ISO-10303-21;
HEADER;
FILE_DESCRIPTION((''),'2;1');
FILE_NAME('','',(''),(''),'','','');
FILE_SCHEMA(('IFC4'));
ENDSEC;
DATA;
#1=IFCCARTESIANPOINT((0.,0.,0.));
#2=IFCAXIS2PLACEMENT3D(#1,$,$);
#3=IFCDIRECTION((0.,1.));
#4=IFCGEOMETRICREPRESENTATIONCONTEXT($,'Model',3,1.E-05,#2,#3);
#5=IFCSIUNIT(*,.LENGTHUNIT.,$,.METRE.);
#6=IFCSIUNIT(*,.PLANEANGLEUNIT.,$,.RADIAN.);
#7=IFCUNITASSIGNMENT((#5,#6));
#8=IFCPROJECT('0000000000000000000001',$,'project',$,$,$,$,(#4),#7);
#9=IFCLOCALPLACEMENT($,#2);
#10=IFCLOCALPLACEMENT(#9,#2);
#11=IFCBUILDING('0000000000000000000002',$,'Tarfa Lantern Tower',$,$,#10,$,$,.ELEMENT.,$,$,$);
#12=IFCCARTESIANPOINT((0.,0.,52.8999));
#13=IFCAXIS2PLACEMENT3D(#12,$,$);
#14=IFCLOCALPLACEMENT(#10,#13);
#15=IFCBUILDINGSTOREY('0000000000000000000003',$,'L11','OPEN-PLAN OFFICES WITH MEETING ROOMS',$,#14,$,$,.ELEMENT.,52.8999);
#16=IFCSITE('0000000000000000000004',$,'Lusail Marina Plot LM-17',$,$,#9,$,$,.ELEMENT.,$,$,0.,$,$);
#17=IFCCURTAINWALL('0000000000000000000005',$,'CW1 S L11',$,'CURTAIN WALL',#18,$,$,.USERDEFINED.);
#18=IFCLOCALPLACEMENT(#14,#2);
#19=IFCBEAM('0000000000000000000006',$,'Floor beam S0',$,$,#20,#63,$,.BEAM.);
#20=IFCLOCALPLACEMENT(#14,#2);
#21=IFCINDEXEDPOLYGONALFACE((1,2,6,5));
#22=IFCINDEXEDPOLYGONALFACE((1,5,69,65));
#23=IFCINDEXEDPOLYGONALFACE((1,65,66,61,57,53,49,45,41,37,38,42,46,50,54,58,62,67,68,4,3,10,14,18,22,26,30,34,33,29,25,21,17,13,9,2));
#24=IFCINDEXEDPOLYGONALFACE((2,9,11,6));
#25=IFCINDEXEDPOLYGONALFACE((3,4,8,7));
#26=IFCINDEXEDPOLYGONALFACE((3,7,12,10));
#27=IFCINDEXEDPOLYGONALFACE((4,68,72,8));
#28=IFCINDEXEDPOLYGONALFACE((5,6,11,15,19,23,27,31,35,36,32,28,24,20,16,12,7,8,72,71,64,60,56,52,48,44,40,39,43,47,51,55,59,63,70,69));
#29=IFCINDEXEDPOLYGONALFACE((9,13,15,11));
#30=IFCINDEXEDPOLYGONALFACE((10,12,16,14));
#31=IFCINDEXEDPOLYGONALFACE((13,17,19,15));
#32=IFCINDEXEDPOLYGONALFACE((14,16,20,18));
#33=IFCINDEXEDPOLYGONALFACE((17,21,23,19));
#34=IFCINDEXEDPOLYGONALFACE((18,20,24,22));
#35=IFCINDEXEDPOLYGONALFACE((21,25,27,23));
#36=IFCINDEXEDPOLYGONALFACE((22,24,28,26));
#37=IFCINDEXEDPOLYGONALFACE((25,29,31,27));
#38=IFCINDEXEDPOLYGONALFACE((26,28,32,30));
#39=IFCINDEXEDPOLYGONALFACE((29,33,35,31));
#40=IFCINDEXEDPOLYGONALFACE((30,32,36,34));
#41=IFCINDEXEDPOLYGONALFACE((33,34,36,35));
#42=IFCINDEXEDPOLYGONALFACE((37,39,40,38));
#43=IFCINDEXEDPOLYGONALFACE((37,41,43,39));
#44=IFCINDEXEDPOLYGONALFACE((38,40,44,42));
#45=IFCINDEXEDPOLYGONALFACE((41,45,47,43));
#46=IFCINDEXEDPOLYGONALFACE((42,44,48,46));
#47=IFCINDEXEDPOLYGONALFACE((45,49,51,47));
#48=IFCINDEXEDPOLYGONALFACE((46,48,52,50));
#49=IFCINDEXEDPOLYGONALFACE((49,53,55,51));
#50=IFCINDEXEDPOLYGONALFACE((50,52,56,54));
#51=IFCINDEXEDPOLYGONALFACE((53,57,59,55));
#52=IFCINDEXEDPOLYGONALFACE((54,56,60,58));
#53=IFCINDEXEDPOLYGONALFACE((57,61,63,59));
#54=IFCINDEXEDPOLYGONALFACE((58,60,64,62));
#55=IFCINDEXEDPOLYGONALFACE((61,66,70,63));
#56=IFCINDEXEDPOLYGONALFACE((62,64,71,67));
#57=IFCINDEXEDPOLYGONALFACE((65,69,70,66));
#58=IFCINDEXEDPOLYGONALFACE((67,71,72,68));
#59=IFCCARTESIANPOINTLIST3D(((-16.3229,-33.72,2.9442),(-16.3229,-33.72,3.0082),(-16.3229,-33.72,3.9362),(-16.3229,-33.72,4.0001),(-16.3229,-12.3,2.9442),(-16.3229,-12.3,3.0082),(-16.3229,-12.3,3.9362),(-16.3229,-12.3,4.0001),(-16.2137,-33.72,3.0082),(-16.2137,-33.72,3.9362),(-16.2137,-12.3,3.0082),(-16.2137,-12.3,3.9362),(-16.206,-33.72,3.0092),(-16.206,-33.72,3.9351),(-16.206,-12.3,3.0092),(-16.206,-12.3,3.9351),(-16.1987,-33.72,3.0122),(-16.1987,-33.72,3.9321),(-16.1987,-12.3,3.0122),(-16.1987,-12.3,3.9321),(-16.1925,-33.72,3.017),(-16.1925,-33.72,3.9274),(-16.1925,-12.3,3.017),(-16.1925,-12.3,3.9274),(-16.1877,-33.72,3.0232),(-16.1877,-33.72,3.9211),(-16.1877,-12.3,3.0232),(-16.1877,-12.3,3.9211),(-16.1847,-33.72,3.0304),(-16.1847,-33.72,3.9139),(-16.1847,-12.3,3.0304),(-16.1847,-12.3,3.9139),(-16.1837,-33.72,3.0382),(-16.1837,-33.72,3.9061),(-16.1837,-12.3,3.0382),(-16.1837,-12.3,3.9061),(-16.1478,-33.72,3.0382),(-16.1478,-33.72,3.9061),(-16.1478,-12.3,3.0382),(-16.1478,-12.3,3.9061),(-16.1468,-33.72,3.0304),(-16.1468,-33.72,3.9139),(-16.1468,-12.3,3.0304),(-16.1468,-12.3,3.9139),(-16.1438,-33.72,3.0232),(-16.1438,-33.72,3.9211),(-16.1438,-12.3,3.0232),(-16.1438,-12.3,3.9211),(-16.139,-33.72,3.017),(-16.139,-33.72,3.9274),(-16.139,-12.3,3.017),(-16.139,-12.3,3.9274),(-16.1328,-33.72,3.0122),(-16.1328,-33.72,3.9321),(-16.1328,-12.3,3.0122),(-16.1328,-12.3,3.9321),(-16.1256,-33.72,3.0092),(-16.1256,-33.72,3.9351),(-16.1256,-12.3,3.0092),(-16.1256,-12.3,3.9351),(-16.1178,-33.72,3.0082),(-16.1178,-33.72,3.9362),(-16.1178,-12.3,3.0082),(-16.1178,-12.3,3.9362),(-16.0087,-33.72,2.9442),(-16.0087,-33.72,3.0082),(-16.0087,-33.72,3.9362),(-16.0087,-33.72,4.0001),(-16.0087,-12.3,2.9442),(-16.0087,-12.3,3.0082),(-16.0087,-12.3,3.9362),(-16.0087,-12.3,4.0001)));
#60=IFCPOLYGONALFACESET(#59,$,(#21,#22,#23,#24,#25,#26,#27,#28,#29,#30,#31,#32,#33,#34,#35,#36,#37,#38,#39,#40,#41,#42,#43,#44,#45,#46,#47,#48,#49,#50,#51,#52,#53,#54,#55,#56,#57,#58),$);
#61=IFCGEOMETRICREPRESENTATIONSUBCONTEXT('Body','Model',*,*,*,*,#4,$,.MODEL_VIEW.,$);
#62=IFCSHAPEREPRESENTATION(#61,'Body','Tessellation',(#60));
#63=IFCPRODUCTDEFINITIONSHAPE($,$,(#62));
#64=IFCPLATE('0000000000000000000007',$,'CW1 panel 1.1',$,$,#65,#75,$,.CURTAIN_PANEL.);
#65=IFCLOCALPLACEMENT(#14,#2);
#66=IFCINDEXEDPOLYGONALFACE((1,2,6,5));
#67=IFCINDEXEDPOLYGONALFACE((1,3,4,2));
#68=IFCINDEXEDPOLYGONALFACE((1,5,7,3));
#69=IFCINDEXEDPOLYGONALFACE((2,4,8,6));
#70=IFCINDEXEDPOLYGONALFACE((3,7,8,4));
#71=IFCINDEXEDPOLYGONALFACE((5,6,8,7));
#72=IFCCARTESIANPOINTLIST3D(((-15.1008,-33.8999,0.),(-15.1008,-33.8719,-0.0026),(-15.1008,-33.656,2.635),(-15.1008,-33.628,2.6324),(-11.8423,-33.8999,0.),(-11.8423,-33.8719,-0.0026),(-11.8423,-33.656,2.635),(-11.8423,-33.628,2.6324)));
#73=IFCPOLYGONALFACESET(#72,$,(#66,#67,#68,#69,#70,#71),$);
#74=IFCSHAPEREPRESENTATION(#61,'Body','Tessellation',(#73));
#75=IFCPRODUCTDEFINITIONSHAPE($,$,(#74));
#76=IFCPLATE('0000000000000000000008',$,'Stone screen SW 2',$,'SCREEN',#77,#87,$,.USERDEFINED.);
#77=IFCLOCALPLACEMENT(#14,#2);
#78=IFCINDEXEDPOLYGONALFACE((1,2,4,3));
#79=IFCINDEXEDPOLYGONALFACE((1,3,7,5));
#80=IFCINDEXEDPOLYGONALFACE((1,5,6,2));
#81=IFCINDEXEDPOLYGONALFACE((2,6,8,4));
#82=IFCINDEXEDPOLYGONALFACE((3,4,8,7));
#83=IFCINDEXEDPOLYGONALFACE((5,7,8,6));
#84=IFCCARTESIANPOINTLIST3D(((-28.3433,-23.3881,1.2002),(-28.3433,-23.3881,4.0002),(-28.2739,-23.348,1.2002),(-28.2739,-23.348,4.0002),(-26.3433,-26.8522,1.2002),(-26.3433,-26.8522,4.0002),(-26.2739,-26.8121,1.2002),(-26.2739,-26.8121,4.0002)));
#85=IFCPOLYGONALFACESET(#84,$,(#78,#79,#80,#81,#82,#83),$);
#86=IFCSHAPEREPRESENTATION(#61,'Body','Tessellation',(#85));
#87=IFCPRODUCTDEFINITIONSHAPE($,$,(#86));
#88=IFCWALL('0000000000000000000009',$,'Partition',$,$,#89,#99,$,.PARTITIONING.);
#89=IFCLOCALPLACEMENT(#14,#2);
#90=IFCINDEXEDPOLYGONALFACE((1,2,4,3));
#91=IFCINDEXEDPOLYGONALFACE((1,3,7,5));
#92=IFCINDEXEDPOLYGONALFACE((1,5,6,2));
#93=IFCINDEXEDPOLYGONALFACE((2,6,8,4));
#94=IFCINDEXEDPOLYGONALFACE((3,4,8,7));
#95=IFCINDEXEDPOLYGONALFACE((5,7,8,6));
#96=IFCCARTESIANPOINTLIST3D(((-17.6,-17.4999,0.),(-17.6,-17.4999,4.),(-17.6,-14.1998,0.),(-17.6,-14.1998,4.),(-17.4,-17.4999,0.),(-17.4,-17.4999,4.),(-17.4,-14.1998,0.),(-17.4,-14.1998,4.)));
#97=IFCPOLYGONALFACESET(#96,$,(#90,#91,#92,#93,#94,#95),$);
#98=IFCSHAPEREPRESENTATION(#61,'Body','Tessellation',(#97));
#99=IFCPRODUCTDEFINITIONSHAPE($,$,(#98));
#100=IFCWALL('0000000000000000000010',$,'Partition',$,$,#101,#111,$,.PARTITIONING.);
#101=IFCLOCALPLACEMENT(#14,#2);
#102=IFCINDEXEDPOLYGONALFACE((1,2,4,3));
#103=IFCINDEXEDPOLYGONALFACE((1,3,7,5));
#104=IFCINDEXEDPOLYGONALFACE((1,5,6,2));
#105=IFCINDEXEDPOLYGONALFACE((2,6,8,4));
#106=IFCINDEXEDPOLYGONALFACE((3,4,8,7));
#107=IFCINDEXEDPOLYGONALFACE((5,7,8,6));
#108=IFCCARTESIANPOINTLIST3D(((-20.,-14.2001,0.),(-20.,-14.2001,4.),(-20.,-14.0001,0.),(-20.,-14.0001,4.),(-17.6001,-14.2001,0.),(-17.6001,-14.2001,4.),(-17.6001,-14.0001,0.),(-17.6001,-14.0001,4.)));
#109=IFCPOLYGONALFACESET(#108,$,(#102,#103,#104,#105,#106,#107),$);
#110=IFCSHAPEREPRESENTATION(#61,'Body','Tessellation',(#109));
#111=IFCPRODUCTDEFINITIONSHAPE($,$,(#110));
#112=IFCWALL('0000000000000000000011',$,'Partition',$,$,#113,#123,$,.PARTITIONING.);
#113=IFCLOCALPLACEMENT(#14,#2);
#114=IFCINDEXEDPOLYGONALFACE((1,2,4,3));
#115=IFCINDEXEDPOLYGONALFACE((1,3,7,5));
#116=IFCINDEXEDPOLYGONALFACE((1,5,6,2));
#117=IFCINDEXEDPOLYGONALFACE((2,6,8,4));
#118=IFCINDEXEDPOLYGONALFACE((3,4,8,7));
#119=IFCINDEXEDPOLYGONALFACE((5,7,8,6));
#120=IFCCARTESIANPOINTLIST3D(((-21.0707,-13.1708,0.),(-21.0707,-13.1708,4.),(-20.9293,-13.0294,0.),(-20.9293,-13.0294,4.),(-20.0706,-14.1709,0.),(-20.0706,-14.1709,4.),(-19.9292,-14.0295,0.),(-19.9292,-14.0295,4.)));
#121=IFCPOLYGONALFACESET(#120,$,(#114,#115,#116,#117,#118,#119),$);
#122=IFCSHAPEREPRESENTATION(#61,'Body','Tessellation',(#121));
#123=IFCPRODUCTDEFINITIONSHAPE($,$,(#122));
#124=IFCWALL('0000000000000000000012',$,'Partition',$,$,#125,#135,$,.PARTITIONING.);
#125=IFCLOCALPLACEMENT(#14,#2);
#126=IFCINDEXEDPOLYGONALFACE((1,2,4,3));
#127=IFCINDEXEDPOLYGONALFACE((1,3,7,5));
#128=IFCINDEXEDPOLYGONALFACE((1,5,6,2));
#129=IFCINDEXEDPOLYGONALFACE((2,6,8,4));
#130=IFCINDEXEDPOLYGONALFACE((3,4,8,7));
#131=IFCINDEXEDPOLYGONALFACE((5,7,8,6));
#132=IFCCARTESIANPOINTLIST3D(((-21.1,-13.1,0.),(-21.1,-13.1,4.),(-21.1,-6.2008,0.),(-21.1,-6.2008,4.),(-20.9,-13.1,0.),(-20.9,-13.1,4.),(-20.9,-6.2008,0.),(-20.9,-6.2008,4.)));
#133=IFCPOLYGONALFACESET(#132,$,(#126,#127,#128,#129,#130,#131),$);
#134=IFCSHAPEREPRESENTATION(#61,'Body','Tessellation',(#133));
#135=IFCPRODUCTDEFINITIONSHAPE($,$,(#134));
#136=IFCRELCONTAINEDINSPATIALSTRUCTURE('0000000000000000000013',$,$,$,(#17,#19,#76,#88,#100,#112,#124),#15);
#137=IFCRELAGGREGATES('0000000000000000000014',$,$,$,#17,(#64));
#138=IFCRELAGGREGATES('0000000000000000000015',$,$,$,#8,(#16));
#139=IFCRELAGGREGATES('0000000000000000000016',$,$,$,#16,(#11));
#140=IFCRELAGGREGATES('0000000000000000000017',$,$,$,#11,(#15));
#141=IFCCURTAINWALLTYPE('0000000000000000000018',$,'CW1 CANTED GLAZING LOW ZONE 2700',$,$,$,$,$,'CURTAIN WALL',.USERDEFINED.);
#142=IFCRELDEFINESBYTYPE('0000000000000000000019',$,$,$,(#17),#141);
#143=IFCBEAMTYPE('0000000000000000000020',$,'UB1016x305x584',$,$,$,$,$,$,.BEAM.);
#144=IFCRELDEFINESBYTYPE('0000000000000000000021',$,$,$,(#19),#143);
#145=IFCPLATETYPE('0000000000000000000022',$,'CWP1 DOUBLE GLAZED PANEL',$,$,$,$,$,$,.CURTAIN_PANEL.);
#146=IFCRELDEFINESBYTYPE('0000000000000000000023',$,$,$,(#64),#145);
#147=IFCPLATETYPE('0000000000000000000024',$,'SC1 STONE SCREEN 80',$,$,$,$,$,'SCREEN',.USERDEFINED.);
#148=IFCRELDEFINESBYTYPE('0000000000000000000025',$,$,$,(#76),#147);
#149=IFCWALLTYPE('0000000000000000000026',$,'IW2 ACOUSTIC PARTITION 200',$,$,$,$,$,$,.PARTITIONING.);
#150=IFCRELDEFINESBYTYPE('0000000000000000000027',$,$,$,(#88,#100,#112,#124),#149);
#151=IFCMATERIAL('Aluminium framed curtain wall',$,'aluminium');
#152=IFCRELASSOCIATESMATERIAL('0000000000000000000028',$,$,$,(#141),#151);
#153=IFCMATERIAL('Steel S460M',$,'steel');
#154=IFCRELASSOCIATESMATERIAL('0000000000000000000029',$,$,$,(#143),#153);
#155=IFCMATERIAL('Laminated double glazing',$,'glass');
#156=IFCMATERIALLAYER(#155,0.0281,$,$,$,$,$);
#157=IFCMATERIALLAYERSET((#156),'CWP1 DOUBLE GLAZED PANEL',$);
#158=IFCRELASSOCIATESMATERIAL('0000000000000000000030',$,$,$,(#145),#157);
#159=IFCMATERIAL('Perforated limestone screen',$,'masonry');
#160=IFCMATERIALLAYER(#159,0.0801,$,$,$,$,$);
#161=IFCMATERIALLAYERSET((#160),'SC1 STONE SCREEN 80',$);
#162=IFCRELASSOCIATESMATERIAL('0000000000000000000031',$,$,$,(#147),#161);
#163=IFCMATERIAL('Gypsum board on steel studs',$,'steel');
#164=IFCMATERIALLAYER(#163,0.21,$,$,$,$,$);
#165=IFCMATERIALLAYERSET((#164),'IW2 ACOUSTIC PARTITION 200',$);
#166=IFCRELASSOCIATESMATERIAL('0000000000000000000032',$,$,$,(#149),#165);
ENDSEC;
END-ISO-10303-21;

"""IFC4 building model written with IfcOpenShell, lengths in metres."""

from ifc_helpers import new_model, si_unit, direction, frame, frame_2d, origin, origin_2d, place, context, subcontext, project, spatial, polyline, rectangle, i_section, outline, extrude, material, layer, layer_set, material_profile, profile_set, type_object, element, aggregate, save


model = new_model("IFC4")

# Units and contexts
model_context = context("Model", 3, precision=1e-05, world=origin(), true_north=direction((0.0, 1.0)))
body_context = subcontext(model_context, "Body", "Model", "MODEL_VIEW")
ifc_project = project(units=[si_unit("LENGTHUNIT", "METRE"), si_unit("PLANEANGLEUNIT", "RADIAN")], contexts=[model_context])

# Site, building, storey
site_placement = place(None, origin())
site = spatial("IfcSite", under=ifc_project, at=site_placement, Name="Lusail Marina Plot LM-17", CompositionType="ELEMENT", RefElevation=0.0)
building_placement = place(site_placement, origin())
building = spatial("IfcBuilding", under=site, at=building_placement, Name="Tarfa Lantern Tower", CompositionType="ELEMENT")
storey_placement = place(building_placement, frame((0.0, 0.0, 52.8999)))
storey = spatial("IfcBuildingStorey", under=building, at=storey_placement, Name="L11", Description="OPEN-PLAN OFFICES WITH MEETING ROOMS", CompositionType="ELEMENT", Elevation=52.8999)

# Curtain wall
ifc_material_1 = material(Name="Aluminium framed curtain wall", Category="aluminium")
curtain_wall_type = type_object("IfcCurtainWallType", Name="CW1 CANTED GLAZING LOW ZONE 2700", ElementType="CURTAIN WALL", PredefinedType="USERDEFINED", material=ifc_material_1)
curtain_wall_placement = place(storey_placement, origin())
curtain_wall = element("IfcCurtainWall", 1, at=curtain_wall_placement, inside=storey, type_object=curtain_wall_type, Name="CW1 S L11", ObjectType="CURTAIN WALL", PredefinedType="USERDEFINED")

# Beam
ifc_material_2 = material(Name="Steel S460M", Category="steel")
ifc_material_profile_1 = material_profile(ifc_material_2, i_section(OverallWidth=0.3142, OverallDepth=1.0559, WebThickness=0.0359, FlangeThickness=0.064, FilletRadius=0.03, at=origin_2d()), Name="UB1016x305x584")
ifc_profile_set_1 = profile_set([ifc_material_profile_1], Name="Steel S460M")
beam_type_1 = type_object("IfcBeamType", Name="UB1016x305x584", PredefinedType="BEAM", material=ifc_profile_set_1)
beam_1_placement = place(storey_placement, frame((-16.1658, -33.72, 3.4722), z_axis=(0.0, 1.0, 0.0), x_axis=(-1.0, 0.0, 0.0)))
element("IfcBeam", 2, at=beam_1_placement, inside=storey, type_object=beam_type_1, Name="Floor beam S0", PredefinedType="BEAM", context=body_context, shape_type="SweptSolid", body=[
    extrude(i_section(OverallWidth=0.3142, OverallDepth=1.0559, WebThickness=0.0359, FlangeThickness=0.064, FilletRadius=0.03, at=origin_2d()), origin(), (0.0, 0.0, 1.0), 21.4199),
])

# Plates
ifc_material_3 = material(Name="Laminated double glazing", Category="glass")
ifc_layer_1 = layer(ifc_material_3, 0.0281)
ifc_layer_set_1 = layer_set([ifc_layer_1], Name="CWP1 DOUBLE GLAZED PANEL")
plate_type_1 = type_object("IfcPlateType", Name="CWP1 DOUBLE GLAZED PANEL", PredefinedType="CURTAIN_PANEL", material=ifc_layer_set_1)
plate_1_placement = place(storey_placement, frame((-15.1008, -33.8999, 0.0), z_axis=(0.0, -0.995744, 0.092166), x_axis=(1.0, 0.0, 0.0)))
plate_1 = element("IfcPlate", 3, at=plate_1_placement, type_object=plate_type_1, Name="CW1 panel 1.1", PredefinedType="CURTAIN_PANEL", context=body_context, shape_type="SweptSolid", body=[
    extrude(outline(polyline([(0.0, 0.0), (3.2585, 0.0), (3.2585, 2.6463), (0.0, 2.6463), (0.0, 0.0)])), origin(), (0.0, 0.0, -1.0), 0.0281),
])
aggregate(curtain_wall, [plate_1])
ifc_material_4 = material(Name="Perforated limestone screen", Category="masonry")
ifc_layer_2 = layer(ifc_material_4, 0.0801)
ifc_layer_set_2 = layer_set([ifc_layer_2], Name="SC1 STONE SCREEN 80")
plate_type_2 = type_object("IfcPlateType", Name="SC1 STONE SCREEN 80", ElementType="SCREEN", PredefinedType="USERDEFINED", material=ifc_layer_set_2)
plate_2_placement = place(storey_placement, frame((-27.3086, -25.1001, 1.2002), z_axis=(0.0, 0.0, 1.0), x_axis=(0.5, -0.866025, 0.0)))
element("IfcPlate", 4, at=plate_2_placement, inside=storey, type_object=plate_type_2, Name="Stone screen SW 2", ObjectType="SCREEN", PredefinedType="USERDEFINED", context=body_context, shape_type="SweptSolid", body=[
    extrude(rectangle(XDim=4.0, YDim=0.0801, at=origin_2d()), origin(), (0.0, 0.0, 1.0), 2.8),
])

# Walls
ifc_material_5 = material(Name="Gypsum board on steel studs", Category="steel")
ifc_layer_3 = layer(ifc_material_5, 0.21)
ifc_layer_set_3 = layer_set([ifc_layer_3], Name="IW2 ACOUSTIC PARTITION 200")
wall_type = type_object("IfcWallType", Name="IW2 ACOUSTIC PARTITION 200", PredefinedType="PARTITIONING", material=ifc_layer_set_3)
wall_1_placement = place(storey_placement, frame((-17.5, -14.2, 0.0), z_axis=(0.0, 0.0, 1.0), x_axis=(0.0, -1.0, 0.0)))
element("IfcWall", 5, at=wall_1_placement, inside=storey, type_object=wall_type, Name="Partition", PredefinedType="PARTITIONING", context=body_context, shape_type="SweptSolid", body=[
    extrude(rectangle(XDim=3.3, YDim=0.2, at=frame_2d((1.6499, 0.0))), origin(), (0.0, 0.0, 1.0), 4.0),
])
wall_2_placement = place(storey_placement, frame((-17.6001, -14.1001, 0.0), z_axis=(0.0, 0.0, 1.0), x_axis=(-1.0, 0.0, 0.0)))
element("IfcWall", 6, at=wall_2_placement, inside=storey, type_object=wall_type, Name="Partition", PredefinedType="PARTITIONING", context=body_context, shape_type="SweptSolid", body=[
    extrude(rectangle(XDim=2.3999, YDim=0.2, at=frame_2d((1.2, 0.0))), origin(), (0.0, 0.0, 1.0), 4.0),
])
wall_3_placement = place(storey_placement, frame((-20.0, -14.1001, 0.0), z_axis=(0.0, 0.0, 1.0), x_axis=(-0.707107, 0.707107, 0.0)))
element("IfcWall", 7, at=wall_3_placement, inside=storey, type_object=wall_type, Name="Partition", PredefinedType="PARTITIONING", context=body_context, shape_type="SweptSolid", body=[
    extrude(rectangle(XDim=1.4143, YDim=0.2, at=frame_2d((0.707, 0.0))), origin(), (0.0, 0.0, 1.0), 4.0),
])
wall_4_placement = place(storey_placement, frame((-21.0, -13.1001, 0.0), z_axis=(0.0, 0.0, 1.0), x_axis=(0.0, 1.0, 0.0)))
element("IfcWall", 8, at=wall_4_placement, inside=storey, type_object=wall_type, Name="Partition", PredefinedType="PARTITIONING", context=body_context, shape_type="SweptSolid", body=[
    extrude(rectangle(XDim=6.8992, YDim=0.2, at=frame_2d((3.4497, 0.0))), origin(), (0.0, 0.0, 1.0), 4.0),
])

save(model, "model.ifc")
